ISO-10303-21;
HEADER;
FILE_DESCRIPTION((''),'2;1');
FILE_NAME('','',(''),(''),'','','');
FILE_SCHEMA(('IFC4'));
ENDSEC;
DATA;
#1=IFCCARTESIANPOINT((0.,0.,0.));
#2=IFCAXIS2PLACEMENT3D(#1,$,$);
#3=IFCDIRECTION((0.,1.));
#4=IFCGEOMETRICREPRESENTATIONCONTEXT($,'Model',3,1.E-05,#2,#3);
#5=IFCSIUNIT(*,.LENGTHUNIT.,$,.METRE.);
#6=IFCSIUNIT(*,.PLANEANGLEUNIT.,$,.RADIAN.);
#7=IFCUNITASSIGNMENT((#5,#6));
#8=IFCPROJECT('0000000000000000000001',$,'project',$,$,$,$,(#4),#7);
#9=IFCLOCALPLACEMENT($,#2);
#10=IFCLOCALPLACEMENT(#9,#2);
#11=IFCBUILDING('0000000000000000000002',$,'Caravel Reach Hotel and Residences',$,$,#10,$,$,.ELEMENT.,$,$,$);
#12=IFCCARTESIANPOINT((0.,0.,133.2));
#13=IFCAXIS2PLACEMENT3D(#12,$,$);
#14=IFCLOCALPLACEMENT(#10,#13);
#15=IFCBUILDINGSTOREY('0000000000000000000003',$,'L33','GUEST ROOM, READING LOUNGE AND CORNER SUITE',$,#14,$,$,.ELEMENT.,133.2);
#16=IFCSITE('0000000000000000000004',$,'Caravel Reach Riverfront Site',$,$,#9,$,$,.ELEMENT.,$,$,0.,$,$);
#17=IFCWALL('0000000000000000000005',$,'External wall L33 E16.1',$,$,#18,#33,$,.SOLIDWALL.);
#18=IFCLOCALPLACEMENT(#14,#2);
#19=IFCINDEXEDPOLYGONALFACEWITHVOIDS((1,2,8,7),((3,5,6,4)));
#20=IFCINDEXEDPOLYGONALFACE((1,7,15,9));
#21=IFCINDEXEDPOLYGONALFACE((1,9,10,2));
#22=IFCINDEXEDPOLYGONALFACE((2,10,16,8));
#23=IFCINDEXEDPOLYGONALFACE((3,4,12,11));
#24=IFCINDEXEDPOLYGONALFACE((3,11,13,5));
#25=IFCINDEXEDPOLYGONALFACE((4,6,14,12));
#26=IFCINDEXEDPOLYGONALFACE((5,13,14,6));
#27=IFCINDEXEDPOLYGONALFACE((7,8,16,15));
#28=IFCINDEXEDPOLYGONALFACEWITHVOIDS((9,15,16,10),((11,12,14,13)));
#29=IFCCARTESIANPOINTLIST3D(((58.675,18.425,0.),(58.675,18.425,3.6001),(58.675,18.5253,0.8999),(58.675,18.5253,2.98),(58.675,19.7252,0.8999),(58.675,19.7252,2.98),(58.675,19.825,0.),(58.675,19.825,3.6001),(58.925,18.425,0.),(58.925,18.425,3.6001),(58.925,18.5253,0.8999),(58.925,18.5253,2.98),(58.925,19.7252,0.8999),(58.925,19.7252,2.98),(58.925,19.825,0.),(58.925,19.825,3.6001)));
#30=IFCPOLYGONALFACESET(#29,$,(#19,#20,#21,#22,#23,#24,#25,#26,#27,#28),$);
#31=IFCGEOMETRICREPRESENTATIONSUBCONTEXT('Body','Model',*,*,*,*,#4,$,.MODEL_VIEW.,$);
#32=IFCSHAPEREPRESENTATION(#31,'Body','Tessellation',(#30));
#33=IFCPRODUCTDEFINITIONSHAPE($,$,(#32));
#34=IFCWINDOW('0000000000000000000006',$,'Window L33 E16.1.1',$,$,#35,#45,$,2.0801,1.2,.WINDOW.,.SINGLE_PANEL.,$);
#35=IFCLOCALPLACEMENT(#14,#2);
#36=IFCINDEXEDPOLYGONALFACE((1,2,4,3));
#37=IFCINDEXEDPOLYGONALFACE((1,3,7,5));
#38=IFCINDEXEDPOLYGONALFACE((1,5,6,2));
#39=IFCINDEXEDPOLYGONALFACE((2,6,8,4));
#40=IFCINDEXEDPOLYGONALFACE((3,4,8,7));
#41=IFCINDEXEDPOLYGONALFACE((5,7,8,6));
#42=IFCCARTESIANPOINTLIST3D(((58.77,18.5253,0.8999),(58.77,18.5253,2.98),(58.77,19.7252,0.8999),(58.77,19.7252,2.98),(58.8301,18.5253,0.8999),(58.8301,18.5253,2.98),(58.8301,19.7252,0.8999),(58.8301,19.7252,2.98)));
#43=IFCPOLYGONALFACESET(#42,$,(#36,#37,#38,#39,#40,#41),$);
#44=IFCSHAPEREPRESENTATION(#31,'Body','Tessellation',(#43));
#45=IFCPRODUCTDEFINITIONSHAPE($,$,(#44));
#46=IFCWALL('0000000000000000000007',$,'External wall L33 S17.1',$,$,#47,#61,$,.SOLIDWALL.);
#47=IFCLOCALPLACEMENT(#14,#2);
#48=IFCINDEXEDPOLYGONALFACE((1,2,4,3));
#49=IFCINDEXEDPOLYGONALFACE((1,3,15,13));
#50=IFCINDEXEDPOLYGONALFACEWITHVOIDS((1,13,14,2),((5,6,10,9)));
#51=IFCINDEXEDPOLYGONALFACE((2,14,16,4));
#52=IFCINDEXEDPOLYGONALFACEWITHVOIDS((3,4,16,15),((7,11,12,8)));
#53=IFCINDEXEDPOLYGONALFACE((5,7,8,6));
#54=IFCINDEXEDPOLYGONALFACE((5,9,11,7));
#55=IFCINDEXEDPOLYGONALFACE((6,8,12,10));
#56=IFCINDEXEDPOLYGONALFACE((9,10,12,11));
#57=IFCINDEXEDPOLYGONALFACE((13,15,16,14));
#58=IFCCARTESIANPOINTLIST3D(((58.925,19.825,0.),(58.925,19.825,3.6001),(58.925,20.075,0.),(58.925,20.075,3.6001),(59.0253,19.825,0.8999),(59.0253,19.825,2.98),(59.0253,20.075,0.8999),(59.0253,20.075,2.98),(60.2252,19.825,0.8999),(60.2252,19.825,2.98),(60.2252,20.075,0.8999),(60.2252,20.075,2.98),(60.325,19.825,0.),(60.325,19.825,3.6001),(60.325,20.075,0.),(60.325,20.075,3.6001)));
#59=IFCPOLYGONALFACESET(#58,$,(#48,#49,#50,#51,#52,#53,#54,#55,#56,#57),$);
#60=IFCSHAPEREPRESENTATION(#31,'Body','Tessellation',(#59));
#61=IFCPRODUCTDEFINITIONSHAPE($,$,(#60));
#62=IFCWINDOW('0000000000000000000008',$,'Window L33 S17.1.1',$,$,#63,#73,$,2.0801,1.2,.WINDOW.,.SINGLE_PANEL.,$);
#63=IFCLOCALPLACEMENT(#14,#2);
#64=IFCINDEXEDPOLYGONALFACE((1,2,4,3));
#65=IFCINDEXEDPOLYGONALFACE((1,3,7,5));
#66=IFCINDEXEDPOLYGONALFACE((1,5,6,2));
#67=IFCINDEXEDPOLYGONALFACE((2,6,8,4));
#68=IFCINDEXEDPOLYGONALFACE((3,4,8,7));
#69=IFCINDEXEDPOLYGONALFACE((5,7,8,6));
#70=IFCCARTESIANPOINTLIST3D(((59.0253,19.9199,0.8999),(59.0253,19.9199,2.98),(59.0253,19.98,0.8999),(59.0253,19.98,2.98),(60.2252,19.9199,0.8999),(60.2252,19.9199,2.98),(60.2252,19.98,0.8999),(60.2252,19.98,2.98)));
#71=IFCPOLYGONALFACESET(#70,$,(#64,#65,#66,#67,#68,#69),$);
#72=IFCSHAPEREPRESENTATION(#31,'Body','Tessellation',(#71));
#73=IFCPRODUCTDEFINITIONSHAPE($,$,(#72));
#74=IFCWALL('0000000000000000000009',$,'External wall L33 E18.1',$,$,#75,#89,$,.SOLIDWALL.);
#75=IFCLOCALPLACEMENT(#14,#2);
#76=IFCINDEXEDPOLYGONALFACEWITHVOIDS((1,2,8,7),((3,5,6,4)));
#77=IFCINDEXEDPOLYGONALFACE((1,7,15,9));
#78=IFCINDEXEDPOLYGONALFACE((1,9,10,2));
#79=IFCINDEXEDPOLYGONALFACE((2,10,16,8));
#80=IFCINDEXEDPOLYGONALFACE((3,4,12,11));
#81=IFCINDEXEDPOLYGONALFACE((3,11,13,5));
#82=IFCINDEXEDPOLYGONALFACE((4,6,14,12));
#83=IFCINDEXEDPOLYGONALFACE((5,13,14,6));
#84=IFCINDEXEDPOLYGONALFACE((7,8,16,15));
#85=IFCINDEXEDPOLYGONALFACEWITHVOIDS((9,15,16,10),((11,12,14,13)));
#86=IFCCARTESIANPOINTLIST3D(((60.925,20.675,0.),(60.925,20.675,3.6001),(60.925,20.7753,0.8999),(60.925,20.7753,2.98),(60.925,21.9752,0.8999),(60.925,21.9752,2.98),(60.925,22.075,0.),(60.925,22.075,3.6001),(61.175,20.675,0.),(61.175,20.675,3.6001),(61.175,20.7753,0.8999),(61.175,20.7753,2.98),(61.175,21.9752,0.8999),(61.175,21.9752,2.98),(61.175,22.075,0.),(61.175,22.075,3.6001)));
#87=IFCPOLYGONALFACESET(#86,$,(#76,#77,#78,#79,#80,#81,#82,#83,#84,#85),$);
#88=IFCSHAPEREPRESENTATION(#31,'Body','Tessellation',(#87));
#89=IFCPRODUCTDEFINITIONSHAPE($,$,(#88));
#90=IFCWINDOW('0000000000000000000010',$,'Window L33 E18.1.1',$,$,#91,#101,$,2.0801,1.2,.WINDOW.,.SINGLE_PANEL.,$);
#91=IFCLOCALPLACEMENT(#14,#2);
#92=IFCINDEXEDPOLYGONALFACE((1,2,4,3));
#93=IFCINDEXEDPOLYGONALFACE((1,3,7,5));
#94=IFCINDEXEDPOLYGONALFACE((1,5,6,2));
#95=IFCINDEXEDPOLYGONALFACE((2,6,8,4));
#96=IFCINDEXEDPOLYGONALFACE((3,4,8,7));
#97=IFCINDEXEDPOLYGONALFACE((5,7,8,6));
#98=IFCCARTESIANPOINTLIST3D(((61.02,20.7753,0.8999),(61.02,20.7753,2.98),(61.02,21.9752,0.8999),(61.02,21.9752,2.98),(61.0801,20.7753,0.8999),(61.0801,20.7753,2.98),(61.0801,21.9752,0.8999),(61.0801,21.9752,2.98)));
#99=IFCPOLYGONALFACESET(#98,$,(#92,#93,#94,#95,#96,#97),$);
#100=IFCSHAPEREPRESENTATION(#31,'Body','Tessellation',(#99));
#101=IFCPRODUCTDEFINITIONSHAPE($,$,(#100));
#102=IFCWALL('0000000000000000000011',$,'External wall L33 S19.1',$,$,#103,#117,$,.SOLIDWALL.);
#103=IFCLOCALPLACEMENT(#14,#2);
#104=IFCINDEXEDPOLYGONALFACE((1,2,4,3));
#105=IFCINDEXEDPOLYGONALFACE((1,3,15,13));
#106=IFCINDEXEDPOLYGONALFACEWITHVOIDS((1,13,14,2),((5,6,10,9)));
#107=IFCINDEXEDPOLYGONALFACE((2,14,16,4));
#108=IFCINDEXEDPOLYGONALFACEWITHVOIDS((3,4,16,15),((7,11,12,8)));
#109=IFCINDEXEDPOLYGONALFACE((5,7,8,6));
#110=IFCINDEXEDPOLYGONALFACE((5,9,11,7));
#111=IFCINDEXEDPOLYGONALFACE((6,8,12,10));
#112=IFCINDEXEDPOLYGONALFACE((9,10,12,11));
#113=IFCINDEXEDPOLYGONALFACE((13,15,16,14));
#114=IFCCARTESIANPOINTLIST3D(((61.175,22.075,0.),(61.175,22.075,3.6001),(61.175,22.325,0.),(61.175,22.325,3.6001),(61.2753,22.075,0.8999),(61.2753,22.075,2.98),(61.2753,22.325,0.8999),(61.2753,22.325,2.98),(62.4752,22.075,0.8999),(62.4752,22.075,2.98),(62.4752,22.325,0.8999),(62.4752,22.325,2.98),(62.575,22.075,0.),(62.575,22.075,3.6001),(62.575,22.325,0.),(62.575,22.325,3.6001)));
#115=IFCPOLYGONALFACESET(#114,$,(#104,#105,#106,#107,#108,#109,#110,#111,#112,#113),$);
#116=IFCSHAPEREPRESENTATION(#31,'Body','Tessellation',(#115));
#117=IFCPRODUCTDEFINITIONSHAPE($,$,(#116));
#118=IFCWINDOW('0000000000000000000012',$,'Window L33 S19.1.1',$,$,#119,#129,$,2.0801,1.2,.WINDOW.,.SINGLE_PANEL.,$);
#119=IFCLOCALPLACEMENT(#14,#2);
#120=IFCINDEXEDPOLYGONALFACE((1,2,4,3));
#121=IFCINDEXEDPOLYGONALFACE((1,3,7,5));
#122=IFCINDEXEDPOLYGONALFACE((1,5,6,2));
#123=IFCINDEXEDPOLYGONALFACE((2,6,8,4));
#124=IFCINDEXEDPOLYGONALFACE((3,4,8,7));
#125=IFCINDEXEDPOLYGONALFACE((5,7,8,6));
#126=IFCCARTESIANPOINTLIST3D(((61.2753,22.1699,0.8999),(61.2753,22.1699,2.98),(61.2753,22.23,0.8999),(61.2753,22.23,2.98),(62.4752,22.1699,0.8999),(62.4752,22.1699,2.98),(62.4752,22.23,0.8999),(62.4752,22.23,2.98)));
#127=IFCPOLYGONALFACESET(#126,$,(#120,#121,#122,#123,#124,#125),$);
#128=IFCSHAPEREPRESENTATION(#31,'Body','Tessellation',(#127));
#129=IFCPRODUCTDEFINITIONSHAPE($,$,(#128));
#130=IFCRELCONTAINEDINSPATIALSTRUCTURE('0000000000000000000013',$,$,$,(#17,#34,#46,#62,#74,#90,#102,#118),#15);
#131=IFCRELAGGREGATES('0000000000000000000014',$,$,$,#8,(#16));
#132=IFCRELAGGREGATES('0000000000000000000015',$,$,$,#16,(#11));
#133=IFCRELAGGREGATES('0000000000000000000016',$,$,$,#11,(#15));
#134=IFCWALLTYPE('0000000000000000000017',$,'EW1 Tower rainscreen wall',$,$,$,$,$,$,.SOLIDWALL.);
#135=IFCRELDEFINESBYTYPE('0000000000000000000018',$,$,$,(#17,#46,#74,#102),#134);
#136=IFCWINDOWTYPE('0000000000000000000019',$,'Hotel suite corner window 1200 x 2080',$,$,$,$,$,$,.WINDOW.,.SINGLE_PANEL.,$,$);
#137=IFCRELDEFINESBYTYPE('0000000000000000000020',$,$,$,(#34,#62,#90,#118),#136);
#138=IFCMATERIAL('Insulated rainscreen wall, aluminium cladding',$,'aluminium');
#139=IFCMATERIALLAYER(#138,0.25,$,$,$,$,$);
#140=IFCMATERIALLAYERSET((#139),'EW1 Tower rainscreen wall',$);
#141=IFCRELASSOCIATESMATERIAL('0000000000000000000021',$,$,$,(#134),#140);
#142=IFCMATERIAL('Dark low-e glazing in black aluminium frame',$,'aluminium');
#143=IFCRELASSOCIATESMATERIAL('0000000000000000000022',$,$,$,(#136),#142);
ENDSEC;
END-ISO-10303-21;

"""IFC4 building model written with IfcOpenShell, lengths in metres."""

from ifc_helpers import new_model, si_unit, direction, frame, frame_2d, origin, place, context, subcontext, project, spatial, rectangle, extrude, material, layer, layer_set, type_object, element, fill, save


model = new_model("IFC4")

# Units and contexts
model_context = context("Model", 3, precision=1e-05, world=origin(), true_north=direction((0.0, 1.0)))
body_context = subcontext(model_context, "Body", "Model", "MODEL_VIEW")
ifc_project = project(units=[si_unit("LENGTHUNIT", "METRE"), si_unit("PLANEANGLEUNIT", "RADIAN")], contexts=[model_context])

# Site, building, storey
site_placement = place(None, origin())
site = spatial("IfcSite", under=ifc_project, at=site_placement, Name="Caravel Reach Riverfront Site", CompositionType="ELEMENT", RefElevation=0.0)
building_placement = place(site_placement, origin())
building = spatial("IfcBuilding", under=site, at=building_placement, Name="Caravel Reach Hotel and Residences", CompositionType="ELEMENT")
storey_placement = place(building_placement, frame((0.0, 0.0, 133.2)))
storey = spatial("IfcBuildingStorey", under=building, at=storey_placement, Name="L33", Description="GUEST ROOM, READING LOUNGE AND CORNER SUITE", CompositionType="ELEMENT", Elevation=133.2)

# Shared definitions
ifc_material_1 = material(Name="Insulated rainscreen wall, aluminium cladding", Category="aluminium")
ifc_layer_1 = layer(ifc_material_1, 0.25)
ifc_layer_set_1 = layer_set([ifc_layer_1], Name="EW1 Tower rainscreen wall")
wall_type_1 = type_object("IfcWallType", Name="EW1 Tower rainscreen wall", PredefinedType="SOLIDWALL", material=ifc_layer_set_1)

# Walls, openings, windows
wall_1_placement = place(storey_placement, frame((58.8, 18.425, 0.0), z_axis=(0.0, 0.0, 1.0), x_axis=(0.0, 1.0, 0.0)))
wall_1 = element("IfcWall", 1, at=wall_1_placement, inside=storey, type_object=wall_type_1, Name="External wall L33 E16.1", PredefinedType="SOLIDWALL", context=body_context, shape_type="SweptSolid", body=[
    extrude(rectangle(XDim=1.3999, YDim=0.25, at=frame_2d((0.7, 0.0))), origin(), (0.0, 0.0, 1.0), 3.6001),
])
opening_1_placement = place(wall_1_placement, frame((0.1001, 0.0, 0.8999)))
opening_1 = element("IfcOpeningElement", 2, at=opening_1_placement, cuts=wall_1, PredefinedType="OPENING", context=body_context, shape_type="SweptSolid", body=[
    extrude(rectangle(XDim=1.2, YDim=2.0801, at=frame_2d((0.6001, 1.04))), frame((0.0, 0.135, 0.0), z_axis=(0.0, -1.0, 0.0), x_axis=(1.0, 0.0, 0.0)), (0.0, 0.0, 1.0), 0.27),
])
ifc_material_2 = material(Name="Dark low-e glazing in black aluminium frame", Category="aluminium")
window_type_1 = type_object("IfcWindowType", Name="Hotel suite corner window 1200 x 2080", PartitioningType="SINGLE_PANEL", PredefinedType="WINDOW", material=ifc_material_2)
window_1_placement = place(opening_1_placement, origin())
window_1 = element("IfcWindow", 3, at=window_1_placement, inside=storey, type_object=window_type_1, Name="Window L33 E16.1.1", OverallHeight=2.0801, OverallWidth=1.2, PartitioningType="SINGLE_PANEL", PredefinedType="WINDOW", context=body_context, shape_type="SweptSolid", body=[
    extrude(rectangle(XDim=1.2, YDim=2.0801, at=frame_2d((0.6001, 1.04))), frame((0.0, 0.03, 0.0), z_axis=(0.0, -1.0, 0.0), x_axis=(1.0, 0.0, 0.0)), (0.0, 0.0, 1.0), 0.0601),
])
fill(opening_1, window_1)
wall_2_placement = place(storey_placement, frame((58.925, 19.95, 0.0), z_axis=(0.0, 0.0, 1.0), x_axis=(1.0, 0.0, 0.0)))
wall_2 = element("IfcWall", 4, at=wall_2_placement, inside=storey, type_object=wall_type_1, Name="External wall L33 S17.1", PredefinedType="SOLIDWALL", context=body_context, shape_type="SweptSolid", body=[
    extrude(rectangle(XDim=1.3999, YDim=0.25, at=frame_2d((0.7, 0.0))), origin(), (0.0, 0.0, 1.0), 3.6001),
])
opening_2_placement = place(wall_2_placement, frame((0.1001, 0.0, 0.8999)))
opening_2 = element("IfcOpeningElement", 5, at=opening_2_placement, cuts=wall_2, PredefinedType="OPENING", context=body_context, shape_type="SweptSolid", body=[
    extrude(rectangle(XDim=1.2, YDim=2.0801, at=frame_2d((0.6001, 1.04))), frame((0.0, 0.135, 0.0), z_axis=(0.0, -1.0, 0.0), x_axis=(1.0, 0.0, 0.0)), (0.0, 0.0, 1.0), 0.27),
])
window_2_placement = place(opening_2_placement, origin())
window_2 = element("IfcWindow", 6, at=window_2_placement, inside=storey, type_object=window_type_1, Name="Window L33 S17.1.1", OverallHeight=2.0801, OverallWidth=1.2, PartitioningType="SINGLE_PANEL", PredefinedType="WINDOW", context=body_context, shape_type="SweptSolid", body=[
    extrude(rectangle(XDim=1.2, YDim=2.0801, at=frame_2d((0.6001, 1.04))), frame((0.0, 0.03, 0.0), z_axis=(0.0, -1.0, 0.0), x_axis=(1.0, 0.0, 0.0)), (0.0, 0.0, 1.0), 0.0601),
])
fill(opening_2, window_2)
wall_3_placement = place(storey_placement, frame((61.05, 20.675, 0.0), z_axis=(0.0, 0.0, 1.0), x_axis=(0.0, 1.0, 0.0)))
wall_3 = element("IfcWall", 7, at=wall_3_placement, inside=storey, type_object=wall_type_1, Name="External wall L33 E18.1", PredefinedType="SOLIDWALL", context=body_context, shape_type="SweptSolid", body=[
    extrude(rectangle(XDim=1.3999, YDim=0.25, at=frame_2d((0.7, 0.0))), origin(), (0.0, 0.0, 1.0), 3.6001),
])
opening_3_placement = place(wall_3_placement, frame((0.1001, 0.0, 0.8999)))
opening_3 = element("IfcOpeningElement", 8, at=opening_3_placement, cuts=wall_3, PredefinedType="OPENING", context=body_context, shape_type="SweptSolid", body=[
    extrude(rectangle(XDim=1.2, YDim=2.0801, at=frame_2d((0.6001, 1.04))), frame((0.0, 0.135, 0.0), z_axis=(0.0, -1.0, 0.0), x_axis=(1.0, 0.0, 0.0)), (0.0, 0.0, 1.0), 0.27),
])
window_3_placement = place(opening_3_placement, origin())
window_3 = element("IfcWindow", 9, at=window_3_placement, inside=storey, type_object=window_type_1, Name="Window L33 E18.1.1", OverallHeight=2.0801, OverallWidth=1.2, PartitioningType="SINGLE_PANEL", PredefinedType="WINDOW", context=body_context, shape_type="SweptSolid", body=[
    extrude(rectangle(XDim=1.2, YDim=2.0801, at=frame_2d((0.6001, 1.04))), frame((0.0, 0.03, 0.0), z_axis=(0.0, -1.0, 0.0), x_axis=(1.0, 0.0, 0.0)), (0.0, 0.0, 1.0), 0.0601),
])
fill(opening_3, window_3)
wall_4_placement = place(storey_placement, frame((61.175, 22.2, 0.0), z_axis=(0.0, 0.0, 1.0), x_axis=(1.0, 0.0, 0.0)))
wall_4 = element("IfcWall", 10, at=wall_4_placement, inside=storey, type_object=wall_type_1, Name="External wall L33 S19.1", PredefinedType="SOLIDWALL", context=body_context, shape_type="SweptSolid", body=[
    extrude(rectangle(XDim=1.3999, YDim=0.25, at=frame_2d((0.7, 0.0))), origin(), (0.0, 0.0, 1.0), 3.6001),
])
opening_4_placement = place(wall_4_placement, frame((0.1001, 0.0, 0.8999)))
opening_4 = element("IfcOpeningElement", 11, at=opening_4_placement, cuts=wall_4, PredefinedType="OPENING", context=body_context, shape_type="SweptSolid", body=[
    extrude(rectangle(XDim=1.2, YDim=2.0801, at=frame_2d((0.6001, 1.04))), frame((0.0, 0.135, 0.0), z_axis=(0.0, -1.0, 0.0), x_axis=(1.0, 0.0, 0.0)), (0.0, 0.0, 1.0), 0.27),
])
window_4_placement = place(opening_4_placement, origin())
window_4 = element("IfcWindow", 12, at=window_4_placement, inside=storey, type_object=window_type_1, Name="Window L33 S19.1.1", OverallHeight=2.0801, OverallWidth=1.2, PartitioningType="SINGLE_PANEL", PredefinedType="WINDOW", context=body_context, shape_type="SweptSolid", body=[
    extrude(rectangle(XDim=1.2, YDim=2.0801, at=frame_2d((0.6001, 1.04))), frame((0.0, 0.03, 0.0), z_axis=(0.0, -1.0, 0.0), x_axis=(1.0, 0.0, 0.0)), (0.0, 0.0, 1.0), 0.0601),
])
fill(opening_4, window_4)

save(model, "model.ifc")
